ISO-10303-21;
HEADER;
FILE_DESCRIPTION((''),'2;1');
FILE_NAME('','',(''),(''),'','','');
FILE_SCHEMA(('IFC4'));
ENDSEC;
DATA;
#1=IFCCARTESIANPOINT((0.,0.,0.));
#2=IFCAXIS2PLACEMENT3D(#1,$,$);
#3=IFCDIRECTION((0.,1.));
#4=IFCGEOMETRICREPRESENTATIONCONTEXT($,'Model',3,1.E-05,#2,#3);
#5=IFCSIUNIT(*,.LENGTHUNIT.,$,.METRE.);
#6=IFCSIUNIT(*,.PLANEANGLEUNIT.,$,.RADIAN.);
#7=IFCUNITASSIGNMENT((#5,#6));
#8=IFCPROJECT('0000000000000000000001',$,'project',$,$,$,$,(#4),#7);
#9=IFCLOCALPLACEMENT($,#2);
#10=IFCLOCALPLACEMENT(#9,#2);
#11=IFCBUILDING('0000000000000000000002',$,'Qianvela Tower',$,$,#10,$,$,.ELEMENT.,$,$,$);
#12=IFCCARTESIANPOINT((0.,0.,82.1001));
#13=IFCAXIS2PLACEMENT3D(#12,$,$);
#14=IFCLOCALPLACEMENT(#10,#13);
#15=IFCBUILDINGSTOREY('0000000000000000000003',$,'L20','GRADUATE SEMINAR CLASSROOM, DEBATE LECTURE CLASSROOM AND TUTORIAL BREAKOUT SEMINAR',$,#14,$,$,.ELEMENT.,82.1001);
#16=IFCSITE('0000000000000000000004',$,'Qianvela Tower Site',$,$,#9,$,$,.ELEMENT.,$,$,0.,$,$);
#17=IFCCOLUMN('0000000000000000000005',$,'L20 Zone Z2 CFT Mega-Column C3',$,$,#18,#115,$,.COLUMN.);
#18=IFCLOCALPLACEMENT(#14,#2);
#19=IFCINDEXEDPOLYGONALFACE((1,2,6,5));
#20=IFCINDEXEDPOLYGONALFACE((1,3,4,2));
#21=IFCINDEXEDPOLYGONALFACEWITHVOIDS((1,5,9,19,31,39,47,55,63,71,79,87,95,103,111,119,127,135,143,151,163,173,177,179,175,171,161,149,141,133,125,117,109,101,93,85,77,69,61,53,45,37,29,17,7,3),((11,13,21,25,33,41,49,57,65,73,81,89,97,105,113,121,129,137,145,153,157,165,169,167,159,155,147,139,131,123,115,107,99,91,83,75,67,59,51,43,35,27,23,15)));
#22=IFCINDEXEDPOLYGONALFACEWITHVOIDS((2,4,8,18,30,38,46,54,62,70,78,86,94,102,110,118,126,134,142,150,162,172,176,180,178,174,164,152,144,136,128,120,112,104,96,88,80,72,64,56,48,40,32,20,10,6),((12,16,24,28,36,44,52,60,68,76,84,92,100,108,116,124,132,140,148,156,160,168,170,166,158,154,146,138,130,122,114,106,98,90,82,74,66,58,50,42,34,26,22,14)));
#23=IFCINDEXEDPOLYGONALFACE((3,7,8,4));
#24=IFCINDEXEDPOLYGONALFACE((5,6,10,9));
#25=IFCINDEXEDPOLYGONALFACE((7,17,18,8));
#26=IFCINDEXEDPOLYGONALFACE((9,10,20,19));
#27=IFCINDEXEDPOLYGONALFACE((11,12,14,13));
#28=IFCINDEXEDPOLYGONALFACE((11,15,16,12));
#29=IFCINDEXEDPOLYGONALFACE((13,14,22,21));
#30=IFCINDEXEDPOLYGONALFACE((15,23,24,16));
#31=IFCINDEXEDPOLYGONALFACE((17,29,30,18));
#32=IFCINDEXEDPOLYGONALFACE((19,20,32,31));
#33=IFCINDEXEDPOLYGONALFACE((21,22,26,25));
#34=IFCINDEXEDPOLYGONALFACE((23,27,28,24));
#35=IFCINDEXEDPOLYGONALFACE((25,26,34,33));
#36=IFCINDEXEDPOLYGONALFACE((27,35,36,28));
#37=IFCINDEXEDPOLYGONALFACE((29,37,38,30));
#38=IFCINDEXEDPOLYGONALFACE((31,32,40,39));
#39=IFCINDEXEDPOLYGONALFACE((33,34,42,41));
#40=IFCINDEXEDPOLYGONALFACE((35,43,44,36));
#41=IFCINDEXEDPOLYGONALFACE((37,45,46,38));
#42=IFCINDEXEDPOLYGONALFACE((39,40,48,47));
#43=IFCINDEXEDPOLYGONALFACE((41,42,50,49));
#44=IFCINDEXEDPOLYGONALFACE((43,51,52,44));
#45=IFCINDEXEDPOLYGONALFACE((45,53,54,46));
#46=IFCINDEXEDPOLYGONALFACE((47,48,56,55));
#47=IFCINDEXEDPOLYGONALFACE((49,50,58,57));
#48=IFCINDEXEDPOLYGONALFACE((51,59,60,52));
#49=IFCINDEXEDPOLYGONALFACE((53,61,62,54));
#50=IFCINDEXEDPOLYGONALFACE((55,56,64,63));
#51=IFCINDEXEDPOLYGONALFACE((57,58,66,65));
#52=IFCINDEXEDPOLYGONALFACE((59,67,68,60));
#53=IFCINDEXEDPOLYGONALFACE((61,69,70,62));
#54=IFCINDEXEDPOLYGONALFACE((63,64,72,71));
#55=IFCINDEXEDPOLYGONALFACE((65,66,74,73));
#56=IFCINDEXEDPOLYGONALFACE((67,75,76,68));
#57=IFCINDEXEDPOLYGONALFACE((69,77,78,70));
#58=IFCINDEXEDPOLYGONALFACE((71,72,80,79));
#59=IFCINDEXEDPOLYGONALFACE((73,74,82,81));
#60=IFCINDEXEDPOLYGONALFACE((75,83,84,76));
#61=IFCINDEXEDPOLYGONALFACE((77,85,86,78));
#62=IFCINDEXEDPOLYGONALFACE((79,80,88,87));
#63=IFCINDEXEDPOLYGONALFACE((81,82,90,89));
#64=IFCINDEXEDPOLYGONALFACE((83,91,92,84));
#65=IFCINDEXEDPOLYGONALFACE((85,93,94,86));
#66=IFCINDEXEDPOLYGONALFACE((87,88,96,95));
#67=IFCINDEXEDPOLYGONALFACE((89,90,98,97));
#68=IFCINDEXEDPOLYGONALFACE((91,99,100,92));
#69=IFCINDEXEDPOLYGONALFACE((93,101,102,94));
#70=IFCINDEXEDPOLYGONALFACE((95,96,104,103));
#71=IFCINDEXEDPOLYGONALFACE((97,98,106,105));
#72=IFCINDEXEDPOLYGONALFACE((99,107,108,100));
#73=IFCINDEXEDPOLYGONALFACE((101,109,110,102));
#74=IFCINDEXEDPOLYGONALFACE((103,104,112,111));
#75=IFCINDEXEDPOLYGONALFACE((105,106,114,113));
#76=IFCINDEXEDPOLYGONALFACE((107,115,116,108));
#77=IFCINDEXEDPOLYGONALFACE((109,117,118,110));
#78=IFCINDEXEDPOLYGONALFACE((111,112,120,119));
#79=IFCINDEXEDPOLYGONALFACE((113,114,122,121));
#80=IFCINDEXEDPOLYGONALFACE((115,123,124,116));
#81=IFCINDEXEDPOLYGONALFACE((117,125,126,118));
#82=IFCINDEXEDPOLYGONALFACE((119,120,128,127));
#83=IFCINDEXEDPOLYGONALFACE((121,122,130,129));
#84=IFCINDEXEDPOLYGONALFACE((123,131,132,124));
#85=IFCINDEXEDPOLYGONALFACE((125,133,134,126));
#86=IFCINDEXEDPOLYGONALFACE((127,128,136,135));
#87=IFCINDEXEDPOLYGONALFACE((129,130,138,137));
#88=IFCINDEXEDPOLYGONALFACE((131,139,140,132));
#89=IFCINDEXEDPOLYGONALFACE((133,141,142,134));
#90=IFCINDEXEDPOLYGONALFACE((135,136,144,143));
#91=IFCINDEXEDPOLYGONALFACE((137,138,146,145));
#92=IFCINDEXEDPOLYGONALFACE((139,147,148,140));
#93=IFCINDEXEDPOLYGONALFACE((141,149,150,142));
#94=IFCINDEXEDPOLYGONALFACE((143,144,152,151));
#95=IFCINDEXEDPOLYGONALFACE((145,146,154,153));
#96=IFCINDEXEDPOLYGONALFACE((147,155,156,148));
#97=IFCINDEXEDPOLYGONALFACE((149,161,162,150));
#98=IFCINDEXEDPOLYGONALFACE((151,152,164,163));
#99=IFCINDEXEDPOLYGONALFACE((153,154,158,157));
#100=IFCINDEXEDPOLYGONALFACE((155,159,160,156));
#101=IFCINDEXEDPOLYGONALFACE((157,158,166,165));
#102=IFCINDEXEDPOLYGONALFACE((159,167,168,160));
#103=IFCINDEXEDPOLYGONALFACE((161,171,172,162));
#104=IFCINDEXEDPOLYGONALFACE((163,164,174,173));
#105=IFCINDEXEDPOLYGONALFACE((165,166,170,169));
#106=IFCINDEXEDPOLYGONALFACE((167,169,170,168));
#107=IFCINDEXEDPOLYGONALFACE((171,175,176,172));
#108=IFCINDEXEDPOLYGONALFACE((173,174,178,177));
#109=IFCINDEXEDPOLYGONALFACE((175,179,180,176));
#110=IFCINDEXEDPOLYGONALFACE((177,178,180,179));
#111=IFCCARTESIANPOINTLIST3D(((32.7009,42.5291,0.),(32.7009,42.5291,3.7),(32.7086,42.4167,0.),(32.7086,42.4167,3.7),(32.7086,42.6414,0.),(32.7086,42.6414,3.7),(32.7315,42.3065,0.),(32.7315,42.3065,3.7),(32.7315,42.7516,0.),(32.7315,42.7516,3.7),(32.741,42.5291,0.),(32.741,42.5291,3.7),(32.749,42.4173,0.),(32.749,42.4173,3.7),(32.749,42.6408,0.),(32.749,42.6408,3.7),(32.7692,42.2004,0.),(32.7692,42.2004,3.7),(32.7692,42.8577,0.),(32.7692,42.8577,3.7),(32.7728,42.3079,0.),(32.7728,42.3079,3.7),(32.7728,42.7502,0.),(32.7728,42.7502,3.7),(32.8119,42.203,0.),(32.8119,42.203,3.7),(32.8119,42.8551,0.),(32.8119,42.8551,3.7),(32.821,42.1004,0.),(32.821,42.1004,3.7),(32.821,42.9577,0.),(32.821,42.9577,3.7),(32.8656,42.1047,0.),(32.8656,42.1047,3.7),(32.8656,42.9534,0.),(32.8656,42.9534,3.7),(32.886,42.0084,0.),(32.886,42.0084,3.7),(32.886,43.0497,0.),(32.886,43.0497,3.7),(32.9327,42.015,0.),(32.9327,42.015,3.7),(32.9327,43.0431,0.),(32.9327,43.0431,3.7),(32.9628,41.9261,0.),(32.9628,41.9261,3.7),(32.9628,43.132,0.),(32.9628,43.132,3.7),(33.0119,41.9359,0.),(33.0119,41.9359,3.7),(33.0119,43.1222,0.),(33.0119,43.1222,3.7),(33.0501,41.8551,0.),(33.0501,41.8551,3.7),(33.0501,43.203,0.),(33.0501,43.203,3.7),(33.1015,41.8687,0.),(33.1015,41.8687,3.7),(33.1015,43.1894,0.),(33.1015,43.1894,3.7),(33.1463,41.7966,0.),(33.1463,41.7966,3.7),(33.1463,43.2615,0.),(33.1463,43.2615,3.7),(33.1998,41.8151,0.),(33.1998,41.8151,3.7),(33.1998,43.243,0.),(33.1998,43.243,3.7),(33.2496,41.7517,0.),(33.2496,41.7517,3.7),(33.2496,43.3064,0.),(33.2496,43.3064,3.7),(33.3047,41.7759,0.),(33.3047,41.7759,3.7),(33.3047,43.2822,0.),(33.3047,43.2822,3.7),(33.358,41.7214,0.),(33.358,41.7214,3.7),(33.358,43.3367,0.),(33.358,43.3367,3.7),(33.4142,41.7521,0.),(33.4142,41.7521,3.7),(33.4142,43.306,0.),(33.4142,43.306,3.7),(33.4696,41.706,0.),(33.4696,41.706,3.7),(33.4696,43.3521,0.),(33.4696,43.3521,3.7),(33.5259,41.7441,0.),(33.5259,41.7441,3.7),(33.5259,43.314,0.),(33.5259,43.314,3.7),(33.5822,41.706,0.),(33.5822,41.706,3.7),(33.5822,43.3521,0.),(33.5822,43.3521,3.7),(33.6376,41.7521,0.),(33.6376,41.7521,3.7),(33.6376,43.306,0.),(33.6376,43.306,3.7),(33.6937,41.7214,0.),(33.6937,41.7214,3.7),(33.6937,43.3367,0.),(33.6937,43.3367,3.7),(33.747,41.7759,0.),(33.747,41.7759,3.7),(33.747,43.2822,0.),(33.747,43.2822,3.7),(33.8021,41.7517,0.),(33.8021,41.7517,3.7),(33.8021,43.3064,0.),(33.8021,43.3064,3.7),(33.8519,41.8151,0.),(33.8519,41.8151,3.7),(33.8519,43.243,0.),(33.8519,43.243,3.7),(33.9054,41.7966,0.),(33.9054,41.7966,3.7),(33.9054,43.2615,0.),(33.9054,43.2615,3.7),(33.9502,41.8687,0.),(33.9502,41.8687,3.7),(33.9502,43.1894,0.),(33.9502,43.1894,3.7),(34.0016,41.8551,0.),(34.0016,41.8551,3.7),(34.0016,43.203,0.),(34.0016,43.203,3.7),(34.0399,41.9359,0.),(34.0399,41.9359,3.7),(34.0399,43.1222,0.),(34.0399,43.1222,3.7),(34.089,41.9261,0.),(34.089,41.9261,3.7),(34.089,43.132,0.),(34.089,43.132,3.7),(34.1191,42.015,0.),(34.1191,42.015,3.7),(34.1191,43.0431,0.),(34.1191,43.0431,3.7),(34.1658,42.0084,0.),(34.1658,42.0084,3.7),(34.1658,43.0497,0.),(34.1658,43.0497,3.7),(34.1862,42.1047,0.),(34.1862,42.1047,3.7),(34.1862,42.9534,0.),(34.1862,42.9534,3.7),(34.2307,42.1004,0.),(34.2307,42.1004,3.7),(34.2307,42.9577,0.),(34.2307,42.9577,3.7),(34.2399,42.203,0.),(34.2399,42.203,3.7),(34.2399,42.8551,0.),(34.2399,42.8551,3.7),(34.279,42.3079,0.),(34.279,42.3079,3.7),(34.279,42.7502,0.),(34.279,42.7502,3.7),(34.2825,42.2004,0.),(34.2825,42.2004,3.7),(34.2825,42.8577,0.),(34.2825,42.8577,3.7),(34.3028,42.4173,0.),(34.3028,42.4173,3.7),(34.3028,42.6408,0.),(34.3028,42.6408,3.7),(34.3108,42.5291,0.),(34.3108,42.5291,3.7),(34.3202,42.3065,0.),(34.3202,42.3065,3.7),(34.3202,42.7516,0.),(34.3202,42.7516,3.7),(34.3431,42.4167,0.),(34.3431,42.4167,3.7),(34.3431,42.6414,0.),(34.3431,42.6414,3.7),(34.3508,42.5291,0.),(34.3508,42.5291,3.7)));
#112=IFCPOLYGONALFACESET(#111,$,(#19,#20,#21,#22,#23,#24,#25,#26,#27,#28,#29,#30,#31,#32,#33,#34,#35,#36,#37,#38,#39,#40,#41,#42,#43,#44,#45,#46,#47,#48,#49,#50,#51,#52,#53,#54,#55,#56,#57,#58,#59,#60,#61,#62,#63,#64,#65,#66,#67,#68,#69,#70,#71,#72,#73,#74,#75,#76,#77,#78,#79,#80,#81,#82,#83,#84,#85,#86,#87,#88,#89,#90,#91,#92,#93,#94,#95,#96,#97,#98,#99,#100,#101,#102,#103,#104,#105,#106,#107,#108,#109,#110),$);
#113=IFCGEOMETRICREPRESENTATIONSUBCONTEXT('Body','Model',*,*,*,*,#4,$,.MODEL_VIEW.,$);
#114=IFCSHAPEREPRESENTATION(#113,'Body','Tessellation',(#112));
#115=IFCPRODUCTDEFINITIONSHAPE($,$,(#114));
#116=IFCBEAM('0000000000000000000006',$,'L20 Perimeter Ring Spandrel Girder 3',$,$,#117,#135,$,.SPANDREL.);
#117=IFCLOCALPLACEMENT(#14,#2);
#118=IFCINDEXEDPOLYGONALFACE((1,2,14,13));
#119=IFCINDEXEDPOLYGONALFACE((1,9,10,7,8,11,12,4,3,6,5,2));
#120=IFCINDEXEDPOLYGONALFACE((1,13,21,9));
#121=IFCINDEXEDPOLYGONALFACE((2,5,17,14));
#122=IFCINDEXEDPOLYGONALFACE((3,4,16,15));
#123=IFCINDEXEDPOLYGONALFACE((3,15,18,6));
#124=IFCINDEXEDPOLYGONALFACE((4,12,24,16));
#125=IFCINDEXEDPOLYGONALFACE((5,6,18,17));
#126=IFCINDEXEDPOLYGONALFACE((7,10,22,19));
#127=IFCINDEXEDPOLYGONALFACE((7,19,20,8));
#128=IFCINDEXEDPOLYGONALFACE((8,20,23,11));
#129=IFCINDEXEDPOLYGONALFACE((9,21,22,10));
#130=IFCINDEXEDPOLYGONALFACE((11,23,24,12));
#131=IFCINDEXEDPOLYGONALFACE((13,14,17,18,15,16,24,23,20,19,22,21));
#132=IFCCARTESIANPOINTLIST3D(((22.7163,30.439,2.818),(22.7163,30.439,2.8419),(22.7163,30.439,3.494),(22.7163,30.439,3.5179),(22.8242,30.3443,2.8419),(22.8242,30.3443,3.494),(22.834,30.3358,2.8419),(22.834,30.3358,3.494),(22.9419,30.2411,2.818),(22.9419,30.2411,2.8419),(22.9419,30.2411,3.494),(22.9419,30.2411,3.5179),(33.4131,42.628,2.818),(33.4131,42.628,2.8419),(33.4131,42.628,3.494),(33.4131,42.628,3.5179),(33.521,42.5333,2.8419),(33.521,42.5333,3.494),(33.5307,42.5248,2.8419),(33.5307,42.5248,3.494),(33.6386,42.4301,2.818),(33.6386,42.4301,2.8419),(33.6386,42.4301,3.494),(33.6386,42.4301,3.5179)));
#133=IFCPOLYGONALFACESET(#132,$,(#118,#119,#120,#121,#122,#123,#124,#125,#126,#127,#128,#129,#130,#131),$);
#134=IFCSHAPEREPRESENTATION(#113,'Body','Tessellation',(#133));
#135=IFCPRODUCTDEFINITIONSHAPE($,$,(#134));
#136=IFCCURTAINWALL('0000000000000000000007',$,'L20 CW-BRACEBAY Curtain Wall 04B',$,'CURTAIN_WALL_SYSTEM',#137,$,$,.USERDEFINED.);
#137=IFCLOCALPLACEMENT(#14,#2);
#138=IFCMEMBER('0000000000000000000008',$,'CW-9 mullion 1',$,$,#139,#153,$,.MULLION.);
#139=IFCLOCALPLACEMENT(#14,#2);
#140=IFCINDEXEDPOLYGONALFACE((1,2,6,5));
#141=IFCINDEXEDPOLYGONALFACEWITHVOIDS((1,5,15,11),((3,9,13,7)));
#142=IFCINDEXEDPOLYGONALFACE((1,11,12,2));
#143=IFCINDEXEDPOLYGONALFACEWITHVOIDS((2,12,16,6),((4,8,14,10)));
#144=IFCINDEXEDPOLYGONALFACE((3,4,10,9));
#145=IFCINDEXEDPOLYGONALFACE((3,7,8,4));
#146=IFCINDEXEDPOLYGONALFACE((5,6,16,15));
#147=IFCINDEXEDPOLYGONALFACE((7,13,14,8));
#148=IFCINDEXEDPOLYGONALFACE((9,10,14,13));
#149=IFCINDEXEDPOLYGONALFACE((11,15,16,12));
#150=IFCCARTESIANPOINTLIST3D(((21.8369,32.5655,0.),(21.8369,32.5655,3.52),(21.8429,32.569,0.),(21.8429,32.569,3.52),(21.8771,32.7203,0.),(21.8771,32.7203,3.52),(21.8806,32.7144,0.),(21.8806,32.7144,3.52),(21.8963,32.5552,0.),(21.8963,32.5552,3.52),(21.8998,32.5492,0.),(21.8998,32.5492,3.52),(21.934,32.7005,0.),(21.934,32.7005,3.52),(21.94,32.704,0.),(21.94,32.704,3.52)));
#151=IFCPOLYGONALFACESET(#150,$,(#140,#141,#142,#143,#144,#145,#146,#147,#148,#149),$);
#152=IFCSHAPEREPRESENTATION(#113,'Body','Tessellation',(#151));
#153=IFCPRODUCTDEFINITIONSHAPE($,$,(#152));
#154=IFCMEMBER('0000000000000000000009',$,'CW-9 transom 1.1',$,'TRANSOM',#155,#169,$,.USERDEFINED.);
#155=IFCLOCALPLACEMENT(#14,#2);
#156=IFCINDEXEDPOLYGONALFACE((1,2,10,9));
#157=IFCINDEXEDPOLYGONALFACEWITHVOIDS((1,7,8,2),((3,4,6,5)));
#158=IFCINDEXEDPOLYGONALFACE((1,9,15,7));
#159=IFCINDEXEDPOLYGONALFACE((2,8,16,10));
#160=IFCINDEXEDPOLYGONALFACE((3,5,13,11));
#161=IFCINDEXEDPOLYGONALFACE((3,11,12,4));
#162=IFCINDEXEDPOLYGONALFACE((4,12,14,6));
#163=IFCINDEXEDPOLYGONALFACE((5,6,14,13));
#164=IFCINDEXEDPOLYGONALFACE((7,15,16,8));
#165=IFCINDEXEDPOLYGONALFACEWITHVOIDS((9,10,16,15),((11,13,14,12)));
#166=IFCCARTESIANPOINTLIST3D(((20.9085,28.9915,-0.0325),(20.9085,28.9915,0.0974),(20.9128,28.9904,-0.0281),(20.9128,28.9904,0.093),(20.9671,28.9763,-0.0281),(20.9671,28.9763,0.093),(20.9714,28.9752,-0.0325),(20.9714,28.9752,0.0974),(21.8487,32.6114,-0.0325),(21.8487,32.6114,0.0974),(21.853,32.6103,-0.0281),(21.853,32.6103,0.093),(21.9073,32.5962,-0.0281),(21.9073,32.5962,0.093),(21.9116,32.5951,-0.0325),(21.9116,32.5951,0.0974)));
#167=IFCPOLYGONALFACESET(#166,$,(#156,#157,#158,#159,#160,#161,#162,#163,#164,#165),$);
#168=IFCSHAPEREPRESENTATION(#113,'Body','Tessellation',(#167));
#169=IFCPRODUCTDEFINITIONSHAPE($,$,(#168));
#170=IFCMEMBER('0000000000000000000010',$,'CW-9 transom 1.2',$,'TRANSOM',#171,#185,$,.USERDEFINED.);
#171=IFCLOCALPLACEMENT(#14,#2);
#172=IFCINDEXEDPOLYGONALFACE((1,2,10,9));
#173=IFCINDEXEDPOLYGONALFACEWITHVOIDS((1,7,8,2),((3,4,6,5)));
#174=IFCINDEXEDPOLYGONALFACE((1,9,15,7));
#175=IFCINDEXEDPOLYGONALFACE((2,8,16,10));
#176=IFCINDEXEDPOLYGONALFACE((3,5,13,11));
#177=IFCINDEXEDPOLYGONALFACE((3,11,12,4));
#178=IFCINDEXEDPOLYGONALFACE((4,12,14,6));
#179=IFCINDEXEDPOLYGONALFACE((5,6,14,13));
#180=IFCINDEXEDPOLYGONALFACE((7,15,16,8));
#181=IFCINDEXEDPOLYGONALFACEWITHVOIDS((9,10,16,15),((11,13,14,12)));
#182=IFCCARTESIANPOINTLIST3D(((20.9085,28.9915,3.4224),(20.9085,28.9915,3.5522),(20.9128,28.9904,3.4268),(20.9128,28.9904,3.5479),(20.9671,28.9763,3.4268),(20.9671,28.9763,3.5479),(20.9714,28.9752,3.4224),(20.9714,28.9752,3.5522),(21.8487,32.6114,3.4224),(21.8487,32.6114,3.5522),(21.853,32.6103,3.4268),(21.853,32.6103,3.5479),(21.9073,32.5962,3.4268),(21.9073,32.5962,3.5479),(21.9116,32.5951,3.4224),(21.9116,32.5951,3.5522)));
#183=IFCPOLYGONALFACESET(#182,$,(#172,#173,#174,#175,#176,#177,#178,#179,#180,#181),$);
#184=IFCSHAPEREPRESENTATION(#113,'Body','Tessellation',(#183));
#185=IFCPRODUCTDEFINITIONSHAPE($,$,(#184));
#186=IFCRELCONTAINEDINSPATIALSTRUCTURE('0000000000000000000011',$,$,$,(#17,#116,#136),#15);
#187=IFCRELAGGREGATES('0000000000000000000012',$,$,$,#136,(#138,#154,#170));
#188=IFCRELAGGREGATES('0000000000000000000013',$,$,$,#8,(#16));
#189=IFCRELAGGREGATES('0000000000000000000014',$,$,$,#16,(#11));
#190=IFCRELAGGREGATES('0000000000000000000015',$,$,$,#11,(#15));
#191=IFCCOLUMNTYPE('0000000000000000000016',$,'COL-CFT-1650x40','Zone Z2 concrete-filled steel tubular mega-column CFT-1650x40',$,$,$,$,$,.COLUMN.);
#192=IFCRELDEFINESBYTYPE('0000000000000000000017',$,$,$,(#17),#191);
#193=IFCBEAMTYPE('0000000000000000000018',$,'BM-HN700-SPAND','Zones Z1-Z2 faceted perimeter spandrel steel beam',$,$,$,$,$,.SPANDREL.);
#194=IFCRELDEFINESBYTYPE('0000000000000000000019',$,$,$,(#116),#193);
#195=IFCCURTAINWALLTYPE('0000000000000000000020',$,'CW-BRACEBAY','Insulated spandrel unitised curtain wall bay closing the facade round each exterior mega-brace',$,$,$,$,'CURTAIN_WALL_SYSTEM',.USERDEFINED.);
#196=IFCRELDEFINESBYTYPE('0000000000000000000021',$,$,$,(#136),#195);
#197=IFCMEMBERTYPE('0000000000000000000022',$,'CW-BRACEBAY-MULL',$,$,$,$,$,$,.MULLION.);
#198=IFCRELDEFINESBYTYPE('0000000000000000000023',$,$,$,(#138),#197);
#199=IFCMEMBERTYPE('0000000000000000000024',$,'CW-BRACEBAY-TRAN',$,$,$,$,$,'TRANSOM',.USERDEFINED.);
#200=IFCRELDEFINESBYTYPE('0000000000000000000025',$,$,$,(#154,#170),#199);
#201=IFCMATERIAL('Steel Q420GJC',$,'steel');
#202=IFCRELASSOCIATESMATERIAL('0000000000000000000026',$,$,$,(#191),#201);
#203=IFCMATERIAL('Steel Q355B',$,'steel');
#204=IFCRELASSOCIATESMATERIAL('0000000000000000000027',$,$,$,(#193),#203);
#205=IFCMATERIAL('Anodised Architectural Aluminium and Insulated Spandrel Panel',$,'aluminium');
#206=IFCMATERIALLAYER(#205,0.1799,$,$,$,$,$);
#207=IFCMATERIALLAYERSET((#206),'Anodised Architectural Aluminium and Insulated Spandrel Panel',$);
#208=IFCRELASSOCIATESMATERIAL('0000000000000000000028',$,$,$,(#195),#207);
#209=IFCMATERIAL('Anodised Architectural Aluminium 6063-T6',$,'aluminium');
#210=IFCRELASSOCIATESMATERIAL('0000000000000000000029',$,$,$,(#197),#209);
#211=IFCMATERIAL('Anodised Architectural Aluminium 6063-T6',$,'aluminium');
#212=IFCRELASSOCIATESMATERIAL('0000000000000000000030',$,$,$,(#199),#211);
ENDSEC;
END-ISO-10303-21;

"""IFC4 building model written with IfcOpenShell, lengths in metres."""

from ifc_helpers import new_model, si_unit, direction, frame, origin, origin_2d, place, context, subcontext, project, spatial, hollow_rectangle, hollow_circle, i_section, extrude, material, layer, layer_set, material_profile, profile_set, type_object, element, aggregate, save


model = new_model("IFC4")

# Units and contexts
model_context = context("Model", 3, precision=1e-05, world=origin(), true_north=direction((0.0, 1.0)))
body_context = subcontext(model_context, "Body", "Model", "MODEL_VIEW")
ifc_project = project(units=[si_unit("LENGTHUNIT", "METRE"), si_unit("PLANEANGLEUNIT", "RADIAN")], contexts=[model_context])

# Site, building, storey
site_placement = place(None, origin())
site = spatial("IfcSite", under=ifc_project, at=site_placement, Name="Qianvela Tower Site", CompositionType="ELEMENT", RefElevation=0.0)
building_placement = place(site_placement, origin())
building = spatial("IfcBuilding", under=site, at=building_placement, Name="Qianvela Tower", CompositionType="ELEMENT")
storey_placement = place(building_placement, frame((0.0, 0.0, 82.1001)))
storey = spatial("IfcBuildingStorey", under=building, at=storey_placement, Name="L20", Description="GRADUATE SEMINAR CLASSROOM, DEBATE LECTURE CLASSROOM AND TUTORIAL BREAKOUT SEMINAR", CompositionType="ELEMENT", Elevation=82.1001)

# Column
ifc_material_1 = material(Name="Steel Q420GJC", Category="steel")
ifc_material_profile_1 = material_profile(ifc_material_1, hollow_circle(Radius=0.825, WallThickness=0.04, at=origin_2d()), Name="CFT-1650x40")
ifc_profile_set_1 = profile_set([ifc_material_profile_1], Name="Steel Q420GJC")
column_type = type_object("IfcColumnType", Name="COL-CFT-1650x40", Description="Zone Z2 concrete-filled steel tubular mega-column CFT-1650x40", PredefinedType="COLUMN", material=ifc_profile_set_1)
for number, where, z_axis, x_axis, name in (
    (1, (33.5259, 42.5291, 0.0), (0.0, 0.0, 1.0), (1.0, 0.0, 0.0), "L20 Zone Z2 CFT Mega-Column C3"),
):
    element("IfcColumn", number, at=place(storey_placement, frame(where, z_axis=z_axis, x_axis=x_axis)), inside=storey, type_object=column_type, Name=name, PredefinedType="COLUMN", context=body_context, shape_type="SweptSolid", body=[
        extrude(hollow_circle(Radius=0.825, WallThickness=0.04, at=origin_2d()), origin(), (0.0, 0.0, 1.0), 3.7),
    ])

# Beam
ifc_material_2 = material(Name="Steel Q355B", Category="steel")
ifc_material_profile_2 = material_profile(ifc_material_2, i_section(OverallWidth=0.3, OverallDepth=0.7, WebThickness=0.0129, FlangeThickness=0.0239, at=origin_2d()), Name="HN700x300x13x24")
ifc_profile_set_2 = profile_set([ifc_material_profile_2], Name="Steel Q355B")
beam_type = type_object("IfcBeamType", Name="BM-HN700-SPAND", Description="Zones Z1-Z2 faceted perimeter spandrel steel beam", PredefinedType="SPANDREL", material=ifc_profile_set_2)
beam_placement = place(storey_placement, frame((33.5259, 42.5291, 3.168), z_axis=(-0.659602, -0.751615, 0.0), x_axis=(0.751615, -0.659602, 0.0)))
element("IfcBeam", 2, at=beam_placement, inside=storey, type_object=beam_type, Name="L20 Perimeter Ring Spandrel Girder 3", PredefinedType="SPANDREL", context=body_context, shape_type="SweptSolid", body=[
    extrude(i_section(OverallWidth=0.3, OverallDepth=0.7, WebThickness=0.0129, FlangeThickness=0.0239, at=origin_2d()), origin(), (0.0, 0.0, 1.0), 16.217),
])

# Curtain wall, members
ifc_material_3 = material(Name="Anodised Architectural Aluminium and Insulated Spandrel Panel", Category="aluminium")
ifc_layer_1 = layer(ifc_material_3, 0.1799)
ifc_layer_set_1 = layer_set([ifc_layer_1], Name="Anodised Architectural Aluminium and Insulated Spandrel Panel")
curtain_wall_type_1 = type_object("IfcCurtainWallType", Name="CW-BRACEBAY", Description="Insulated spandrel unitised curtain wall bay closing the facade round each exterior mega-brace", ElementType="CURTAIN_WALL_SYSTEM", PredefinedType="USERDEFINED", material=ifc_layer_set_1)
curtain_wall_1_placement = place(storey_placement, origin())
curtain_wall_1 = element("IfcCurtainWall", 3, at=curtain_wall_1_placement, inside=storey, type_object=curtain_wall_type_1, Name="L20 CW-BRACEBAY Curtain Wall 04B", ObjectType="CURTAIN_WALL_SYSTEM", PredefinedType="USERDEFINED")
ifc_material_4 = material(Name="Anodised Architectural Aluminium 6063-T6", Category="aluminium")
ifc_material_profile_3 = material_profile(ifc_material_4, hollow_rectangle(XDim=0.0649, YDim=0.1599, WallThickness=0.0049, at=origin_2d()), Name="ALU-MULL-65x160")
ifc_profile_set_3 = profile_set([ifc_material_profile_3], Name="Anodised Architectural Aluminium 6063-T6")
member_type_1 = type_object("IfcMemberType", Name="CW-BRACEBAY-MULL", PredefinedType="MULLION", material=ifc_profile_set_3)
member_1_placement = place(storey_placement, frame((21.8884, 32.6348, 0.0), z_axis=(0.0, 0.0, 1.0), x_axis=(0.967884, -0.251396, 0.0)))
member_1 = element("IfcMember", 4, at=member_1_placement, type_object=member_type_1, Name="CW-9 mullion 1", PredefinedType="MULLION", context=body_context, shape_type="SweptSolid", body=[
    extrude(hollow_rectangle(XDim=0.0649, YDim=0.1599, WallThickness=0.0049, at=origin_2d()), origin(), (0.0, 0.0, 1.0), 3.52),
])
ifc_material_5 = material(Name="Anodised Architectural Aluminium 6063-T6", Category="aluminium")
ifc_material_profile_4 = material_profile(ifc_material_5, hollow_rectangle(XDim=0.0649, YDim=0.1299, WallThickness=0.0044, at=origin_2d()), Name="ALU-TRAN-65x130")
ifc_profile_set_4 = profile_set([ifc_material_profile_4], Name="Anodised Architectural Aluminium 6063-T6")
member_type_2 = type_object("IfcMemberType", Name="CW-BRACEBAY-TRAN", ElementType="TRANSOM", PredefinedType="USERDEFINED", material=ifc_profile_set_4)
member_2_placement = place(storey_placement, frame((21.8801, 32.6033, 0.0325), z_axis=(-0.251388, -0.967886, 0.0), x_axis=(0.967886, -0.251388, 0.0)))
member_2 = element("IfcMember", 5, at=member_2_placement, type_object=member_type_2, Name="CW-9 transom 1.1", ObjectType="TRANSOM", PredefinedType="USERDEFINED", context=body_context, shape_type="SweptSolid", body=[
    extrude(hollow_rectangle(XDim=0.0649, YDim=0.1299, WallThickness=0.0044, at=origin_2d()), origin(), (0.0, 0.0, 1.0), 3.74),
])
member_3_placement = place(storey_placement, frame((21.8801, 32.6033, 3.4873), z_axis=(-0.251388, -0.967886, 0.0), x_axis=(0.967886, -0.251388, 0.0)))
member_3 = element("IfcMember", 6, at=member_3_placement, type_object=member_type_2, Name="CW-9 transom 1.2", ObjectType="TRANSOM", PredefinedType="USERDEFINED", context=body_context, shape_type="SweptSolid", body=[
    extrude(hollow_rectangle(XDim=0.0649, YDim=0.1299, WallThickness=0.0044, at=origin_2d()), origin(), (0.0, 0.0, 1.0), 3.74),
])
aggregate(curtain_wall_1, [member_1, member_2, member_3])

save(model, "model.ifc")
